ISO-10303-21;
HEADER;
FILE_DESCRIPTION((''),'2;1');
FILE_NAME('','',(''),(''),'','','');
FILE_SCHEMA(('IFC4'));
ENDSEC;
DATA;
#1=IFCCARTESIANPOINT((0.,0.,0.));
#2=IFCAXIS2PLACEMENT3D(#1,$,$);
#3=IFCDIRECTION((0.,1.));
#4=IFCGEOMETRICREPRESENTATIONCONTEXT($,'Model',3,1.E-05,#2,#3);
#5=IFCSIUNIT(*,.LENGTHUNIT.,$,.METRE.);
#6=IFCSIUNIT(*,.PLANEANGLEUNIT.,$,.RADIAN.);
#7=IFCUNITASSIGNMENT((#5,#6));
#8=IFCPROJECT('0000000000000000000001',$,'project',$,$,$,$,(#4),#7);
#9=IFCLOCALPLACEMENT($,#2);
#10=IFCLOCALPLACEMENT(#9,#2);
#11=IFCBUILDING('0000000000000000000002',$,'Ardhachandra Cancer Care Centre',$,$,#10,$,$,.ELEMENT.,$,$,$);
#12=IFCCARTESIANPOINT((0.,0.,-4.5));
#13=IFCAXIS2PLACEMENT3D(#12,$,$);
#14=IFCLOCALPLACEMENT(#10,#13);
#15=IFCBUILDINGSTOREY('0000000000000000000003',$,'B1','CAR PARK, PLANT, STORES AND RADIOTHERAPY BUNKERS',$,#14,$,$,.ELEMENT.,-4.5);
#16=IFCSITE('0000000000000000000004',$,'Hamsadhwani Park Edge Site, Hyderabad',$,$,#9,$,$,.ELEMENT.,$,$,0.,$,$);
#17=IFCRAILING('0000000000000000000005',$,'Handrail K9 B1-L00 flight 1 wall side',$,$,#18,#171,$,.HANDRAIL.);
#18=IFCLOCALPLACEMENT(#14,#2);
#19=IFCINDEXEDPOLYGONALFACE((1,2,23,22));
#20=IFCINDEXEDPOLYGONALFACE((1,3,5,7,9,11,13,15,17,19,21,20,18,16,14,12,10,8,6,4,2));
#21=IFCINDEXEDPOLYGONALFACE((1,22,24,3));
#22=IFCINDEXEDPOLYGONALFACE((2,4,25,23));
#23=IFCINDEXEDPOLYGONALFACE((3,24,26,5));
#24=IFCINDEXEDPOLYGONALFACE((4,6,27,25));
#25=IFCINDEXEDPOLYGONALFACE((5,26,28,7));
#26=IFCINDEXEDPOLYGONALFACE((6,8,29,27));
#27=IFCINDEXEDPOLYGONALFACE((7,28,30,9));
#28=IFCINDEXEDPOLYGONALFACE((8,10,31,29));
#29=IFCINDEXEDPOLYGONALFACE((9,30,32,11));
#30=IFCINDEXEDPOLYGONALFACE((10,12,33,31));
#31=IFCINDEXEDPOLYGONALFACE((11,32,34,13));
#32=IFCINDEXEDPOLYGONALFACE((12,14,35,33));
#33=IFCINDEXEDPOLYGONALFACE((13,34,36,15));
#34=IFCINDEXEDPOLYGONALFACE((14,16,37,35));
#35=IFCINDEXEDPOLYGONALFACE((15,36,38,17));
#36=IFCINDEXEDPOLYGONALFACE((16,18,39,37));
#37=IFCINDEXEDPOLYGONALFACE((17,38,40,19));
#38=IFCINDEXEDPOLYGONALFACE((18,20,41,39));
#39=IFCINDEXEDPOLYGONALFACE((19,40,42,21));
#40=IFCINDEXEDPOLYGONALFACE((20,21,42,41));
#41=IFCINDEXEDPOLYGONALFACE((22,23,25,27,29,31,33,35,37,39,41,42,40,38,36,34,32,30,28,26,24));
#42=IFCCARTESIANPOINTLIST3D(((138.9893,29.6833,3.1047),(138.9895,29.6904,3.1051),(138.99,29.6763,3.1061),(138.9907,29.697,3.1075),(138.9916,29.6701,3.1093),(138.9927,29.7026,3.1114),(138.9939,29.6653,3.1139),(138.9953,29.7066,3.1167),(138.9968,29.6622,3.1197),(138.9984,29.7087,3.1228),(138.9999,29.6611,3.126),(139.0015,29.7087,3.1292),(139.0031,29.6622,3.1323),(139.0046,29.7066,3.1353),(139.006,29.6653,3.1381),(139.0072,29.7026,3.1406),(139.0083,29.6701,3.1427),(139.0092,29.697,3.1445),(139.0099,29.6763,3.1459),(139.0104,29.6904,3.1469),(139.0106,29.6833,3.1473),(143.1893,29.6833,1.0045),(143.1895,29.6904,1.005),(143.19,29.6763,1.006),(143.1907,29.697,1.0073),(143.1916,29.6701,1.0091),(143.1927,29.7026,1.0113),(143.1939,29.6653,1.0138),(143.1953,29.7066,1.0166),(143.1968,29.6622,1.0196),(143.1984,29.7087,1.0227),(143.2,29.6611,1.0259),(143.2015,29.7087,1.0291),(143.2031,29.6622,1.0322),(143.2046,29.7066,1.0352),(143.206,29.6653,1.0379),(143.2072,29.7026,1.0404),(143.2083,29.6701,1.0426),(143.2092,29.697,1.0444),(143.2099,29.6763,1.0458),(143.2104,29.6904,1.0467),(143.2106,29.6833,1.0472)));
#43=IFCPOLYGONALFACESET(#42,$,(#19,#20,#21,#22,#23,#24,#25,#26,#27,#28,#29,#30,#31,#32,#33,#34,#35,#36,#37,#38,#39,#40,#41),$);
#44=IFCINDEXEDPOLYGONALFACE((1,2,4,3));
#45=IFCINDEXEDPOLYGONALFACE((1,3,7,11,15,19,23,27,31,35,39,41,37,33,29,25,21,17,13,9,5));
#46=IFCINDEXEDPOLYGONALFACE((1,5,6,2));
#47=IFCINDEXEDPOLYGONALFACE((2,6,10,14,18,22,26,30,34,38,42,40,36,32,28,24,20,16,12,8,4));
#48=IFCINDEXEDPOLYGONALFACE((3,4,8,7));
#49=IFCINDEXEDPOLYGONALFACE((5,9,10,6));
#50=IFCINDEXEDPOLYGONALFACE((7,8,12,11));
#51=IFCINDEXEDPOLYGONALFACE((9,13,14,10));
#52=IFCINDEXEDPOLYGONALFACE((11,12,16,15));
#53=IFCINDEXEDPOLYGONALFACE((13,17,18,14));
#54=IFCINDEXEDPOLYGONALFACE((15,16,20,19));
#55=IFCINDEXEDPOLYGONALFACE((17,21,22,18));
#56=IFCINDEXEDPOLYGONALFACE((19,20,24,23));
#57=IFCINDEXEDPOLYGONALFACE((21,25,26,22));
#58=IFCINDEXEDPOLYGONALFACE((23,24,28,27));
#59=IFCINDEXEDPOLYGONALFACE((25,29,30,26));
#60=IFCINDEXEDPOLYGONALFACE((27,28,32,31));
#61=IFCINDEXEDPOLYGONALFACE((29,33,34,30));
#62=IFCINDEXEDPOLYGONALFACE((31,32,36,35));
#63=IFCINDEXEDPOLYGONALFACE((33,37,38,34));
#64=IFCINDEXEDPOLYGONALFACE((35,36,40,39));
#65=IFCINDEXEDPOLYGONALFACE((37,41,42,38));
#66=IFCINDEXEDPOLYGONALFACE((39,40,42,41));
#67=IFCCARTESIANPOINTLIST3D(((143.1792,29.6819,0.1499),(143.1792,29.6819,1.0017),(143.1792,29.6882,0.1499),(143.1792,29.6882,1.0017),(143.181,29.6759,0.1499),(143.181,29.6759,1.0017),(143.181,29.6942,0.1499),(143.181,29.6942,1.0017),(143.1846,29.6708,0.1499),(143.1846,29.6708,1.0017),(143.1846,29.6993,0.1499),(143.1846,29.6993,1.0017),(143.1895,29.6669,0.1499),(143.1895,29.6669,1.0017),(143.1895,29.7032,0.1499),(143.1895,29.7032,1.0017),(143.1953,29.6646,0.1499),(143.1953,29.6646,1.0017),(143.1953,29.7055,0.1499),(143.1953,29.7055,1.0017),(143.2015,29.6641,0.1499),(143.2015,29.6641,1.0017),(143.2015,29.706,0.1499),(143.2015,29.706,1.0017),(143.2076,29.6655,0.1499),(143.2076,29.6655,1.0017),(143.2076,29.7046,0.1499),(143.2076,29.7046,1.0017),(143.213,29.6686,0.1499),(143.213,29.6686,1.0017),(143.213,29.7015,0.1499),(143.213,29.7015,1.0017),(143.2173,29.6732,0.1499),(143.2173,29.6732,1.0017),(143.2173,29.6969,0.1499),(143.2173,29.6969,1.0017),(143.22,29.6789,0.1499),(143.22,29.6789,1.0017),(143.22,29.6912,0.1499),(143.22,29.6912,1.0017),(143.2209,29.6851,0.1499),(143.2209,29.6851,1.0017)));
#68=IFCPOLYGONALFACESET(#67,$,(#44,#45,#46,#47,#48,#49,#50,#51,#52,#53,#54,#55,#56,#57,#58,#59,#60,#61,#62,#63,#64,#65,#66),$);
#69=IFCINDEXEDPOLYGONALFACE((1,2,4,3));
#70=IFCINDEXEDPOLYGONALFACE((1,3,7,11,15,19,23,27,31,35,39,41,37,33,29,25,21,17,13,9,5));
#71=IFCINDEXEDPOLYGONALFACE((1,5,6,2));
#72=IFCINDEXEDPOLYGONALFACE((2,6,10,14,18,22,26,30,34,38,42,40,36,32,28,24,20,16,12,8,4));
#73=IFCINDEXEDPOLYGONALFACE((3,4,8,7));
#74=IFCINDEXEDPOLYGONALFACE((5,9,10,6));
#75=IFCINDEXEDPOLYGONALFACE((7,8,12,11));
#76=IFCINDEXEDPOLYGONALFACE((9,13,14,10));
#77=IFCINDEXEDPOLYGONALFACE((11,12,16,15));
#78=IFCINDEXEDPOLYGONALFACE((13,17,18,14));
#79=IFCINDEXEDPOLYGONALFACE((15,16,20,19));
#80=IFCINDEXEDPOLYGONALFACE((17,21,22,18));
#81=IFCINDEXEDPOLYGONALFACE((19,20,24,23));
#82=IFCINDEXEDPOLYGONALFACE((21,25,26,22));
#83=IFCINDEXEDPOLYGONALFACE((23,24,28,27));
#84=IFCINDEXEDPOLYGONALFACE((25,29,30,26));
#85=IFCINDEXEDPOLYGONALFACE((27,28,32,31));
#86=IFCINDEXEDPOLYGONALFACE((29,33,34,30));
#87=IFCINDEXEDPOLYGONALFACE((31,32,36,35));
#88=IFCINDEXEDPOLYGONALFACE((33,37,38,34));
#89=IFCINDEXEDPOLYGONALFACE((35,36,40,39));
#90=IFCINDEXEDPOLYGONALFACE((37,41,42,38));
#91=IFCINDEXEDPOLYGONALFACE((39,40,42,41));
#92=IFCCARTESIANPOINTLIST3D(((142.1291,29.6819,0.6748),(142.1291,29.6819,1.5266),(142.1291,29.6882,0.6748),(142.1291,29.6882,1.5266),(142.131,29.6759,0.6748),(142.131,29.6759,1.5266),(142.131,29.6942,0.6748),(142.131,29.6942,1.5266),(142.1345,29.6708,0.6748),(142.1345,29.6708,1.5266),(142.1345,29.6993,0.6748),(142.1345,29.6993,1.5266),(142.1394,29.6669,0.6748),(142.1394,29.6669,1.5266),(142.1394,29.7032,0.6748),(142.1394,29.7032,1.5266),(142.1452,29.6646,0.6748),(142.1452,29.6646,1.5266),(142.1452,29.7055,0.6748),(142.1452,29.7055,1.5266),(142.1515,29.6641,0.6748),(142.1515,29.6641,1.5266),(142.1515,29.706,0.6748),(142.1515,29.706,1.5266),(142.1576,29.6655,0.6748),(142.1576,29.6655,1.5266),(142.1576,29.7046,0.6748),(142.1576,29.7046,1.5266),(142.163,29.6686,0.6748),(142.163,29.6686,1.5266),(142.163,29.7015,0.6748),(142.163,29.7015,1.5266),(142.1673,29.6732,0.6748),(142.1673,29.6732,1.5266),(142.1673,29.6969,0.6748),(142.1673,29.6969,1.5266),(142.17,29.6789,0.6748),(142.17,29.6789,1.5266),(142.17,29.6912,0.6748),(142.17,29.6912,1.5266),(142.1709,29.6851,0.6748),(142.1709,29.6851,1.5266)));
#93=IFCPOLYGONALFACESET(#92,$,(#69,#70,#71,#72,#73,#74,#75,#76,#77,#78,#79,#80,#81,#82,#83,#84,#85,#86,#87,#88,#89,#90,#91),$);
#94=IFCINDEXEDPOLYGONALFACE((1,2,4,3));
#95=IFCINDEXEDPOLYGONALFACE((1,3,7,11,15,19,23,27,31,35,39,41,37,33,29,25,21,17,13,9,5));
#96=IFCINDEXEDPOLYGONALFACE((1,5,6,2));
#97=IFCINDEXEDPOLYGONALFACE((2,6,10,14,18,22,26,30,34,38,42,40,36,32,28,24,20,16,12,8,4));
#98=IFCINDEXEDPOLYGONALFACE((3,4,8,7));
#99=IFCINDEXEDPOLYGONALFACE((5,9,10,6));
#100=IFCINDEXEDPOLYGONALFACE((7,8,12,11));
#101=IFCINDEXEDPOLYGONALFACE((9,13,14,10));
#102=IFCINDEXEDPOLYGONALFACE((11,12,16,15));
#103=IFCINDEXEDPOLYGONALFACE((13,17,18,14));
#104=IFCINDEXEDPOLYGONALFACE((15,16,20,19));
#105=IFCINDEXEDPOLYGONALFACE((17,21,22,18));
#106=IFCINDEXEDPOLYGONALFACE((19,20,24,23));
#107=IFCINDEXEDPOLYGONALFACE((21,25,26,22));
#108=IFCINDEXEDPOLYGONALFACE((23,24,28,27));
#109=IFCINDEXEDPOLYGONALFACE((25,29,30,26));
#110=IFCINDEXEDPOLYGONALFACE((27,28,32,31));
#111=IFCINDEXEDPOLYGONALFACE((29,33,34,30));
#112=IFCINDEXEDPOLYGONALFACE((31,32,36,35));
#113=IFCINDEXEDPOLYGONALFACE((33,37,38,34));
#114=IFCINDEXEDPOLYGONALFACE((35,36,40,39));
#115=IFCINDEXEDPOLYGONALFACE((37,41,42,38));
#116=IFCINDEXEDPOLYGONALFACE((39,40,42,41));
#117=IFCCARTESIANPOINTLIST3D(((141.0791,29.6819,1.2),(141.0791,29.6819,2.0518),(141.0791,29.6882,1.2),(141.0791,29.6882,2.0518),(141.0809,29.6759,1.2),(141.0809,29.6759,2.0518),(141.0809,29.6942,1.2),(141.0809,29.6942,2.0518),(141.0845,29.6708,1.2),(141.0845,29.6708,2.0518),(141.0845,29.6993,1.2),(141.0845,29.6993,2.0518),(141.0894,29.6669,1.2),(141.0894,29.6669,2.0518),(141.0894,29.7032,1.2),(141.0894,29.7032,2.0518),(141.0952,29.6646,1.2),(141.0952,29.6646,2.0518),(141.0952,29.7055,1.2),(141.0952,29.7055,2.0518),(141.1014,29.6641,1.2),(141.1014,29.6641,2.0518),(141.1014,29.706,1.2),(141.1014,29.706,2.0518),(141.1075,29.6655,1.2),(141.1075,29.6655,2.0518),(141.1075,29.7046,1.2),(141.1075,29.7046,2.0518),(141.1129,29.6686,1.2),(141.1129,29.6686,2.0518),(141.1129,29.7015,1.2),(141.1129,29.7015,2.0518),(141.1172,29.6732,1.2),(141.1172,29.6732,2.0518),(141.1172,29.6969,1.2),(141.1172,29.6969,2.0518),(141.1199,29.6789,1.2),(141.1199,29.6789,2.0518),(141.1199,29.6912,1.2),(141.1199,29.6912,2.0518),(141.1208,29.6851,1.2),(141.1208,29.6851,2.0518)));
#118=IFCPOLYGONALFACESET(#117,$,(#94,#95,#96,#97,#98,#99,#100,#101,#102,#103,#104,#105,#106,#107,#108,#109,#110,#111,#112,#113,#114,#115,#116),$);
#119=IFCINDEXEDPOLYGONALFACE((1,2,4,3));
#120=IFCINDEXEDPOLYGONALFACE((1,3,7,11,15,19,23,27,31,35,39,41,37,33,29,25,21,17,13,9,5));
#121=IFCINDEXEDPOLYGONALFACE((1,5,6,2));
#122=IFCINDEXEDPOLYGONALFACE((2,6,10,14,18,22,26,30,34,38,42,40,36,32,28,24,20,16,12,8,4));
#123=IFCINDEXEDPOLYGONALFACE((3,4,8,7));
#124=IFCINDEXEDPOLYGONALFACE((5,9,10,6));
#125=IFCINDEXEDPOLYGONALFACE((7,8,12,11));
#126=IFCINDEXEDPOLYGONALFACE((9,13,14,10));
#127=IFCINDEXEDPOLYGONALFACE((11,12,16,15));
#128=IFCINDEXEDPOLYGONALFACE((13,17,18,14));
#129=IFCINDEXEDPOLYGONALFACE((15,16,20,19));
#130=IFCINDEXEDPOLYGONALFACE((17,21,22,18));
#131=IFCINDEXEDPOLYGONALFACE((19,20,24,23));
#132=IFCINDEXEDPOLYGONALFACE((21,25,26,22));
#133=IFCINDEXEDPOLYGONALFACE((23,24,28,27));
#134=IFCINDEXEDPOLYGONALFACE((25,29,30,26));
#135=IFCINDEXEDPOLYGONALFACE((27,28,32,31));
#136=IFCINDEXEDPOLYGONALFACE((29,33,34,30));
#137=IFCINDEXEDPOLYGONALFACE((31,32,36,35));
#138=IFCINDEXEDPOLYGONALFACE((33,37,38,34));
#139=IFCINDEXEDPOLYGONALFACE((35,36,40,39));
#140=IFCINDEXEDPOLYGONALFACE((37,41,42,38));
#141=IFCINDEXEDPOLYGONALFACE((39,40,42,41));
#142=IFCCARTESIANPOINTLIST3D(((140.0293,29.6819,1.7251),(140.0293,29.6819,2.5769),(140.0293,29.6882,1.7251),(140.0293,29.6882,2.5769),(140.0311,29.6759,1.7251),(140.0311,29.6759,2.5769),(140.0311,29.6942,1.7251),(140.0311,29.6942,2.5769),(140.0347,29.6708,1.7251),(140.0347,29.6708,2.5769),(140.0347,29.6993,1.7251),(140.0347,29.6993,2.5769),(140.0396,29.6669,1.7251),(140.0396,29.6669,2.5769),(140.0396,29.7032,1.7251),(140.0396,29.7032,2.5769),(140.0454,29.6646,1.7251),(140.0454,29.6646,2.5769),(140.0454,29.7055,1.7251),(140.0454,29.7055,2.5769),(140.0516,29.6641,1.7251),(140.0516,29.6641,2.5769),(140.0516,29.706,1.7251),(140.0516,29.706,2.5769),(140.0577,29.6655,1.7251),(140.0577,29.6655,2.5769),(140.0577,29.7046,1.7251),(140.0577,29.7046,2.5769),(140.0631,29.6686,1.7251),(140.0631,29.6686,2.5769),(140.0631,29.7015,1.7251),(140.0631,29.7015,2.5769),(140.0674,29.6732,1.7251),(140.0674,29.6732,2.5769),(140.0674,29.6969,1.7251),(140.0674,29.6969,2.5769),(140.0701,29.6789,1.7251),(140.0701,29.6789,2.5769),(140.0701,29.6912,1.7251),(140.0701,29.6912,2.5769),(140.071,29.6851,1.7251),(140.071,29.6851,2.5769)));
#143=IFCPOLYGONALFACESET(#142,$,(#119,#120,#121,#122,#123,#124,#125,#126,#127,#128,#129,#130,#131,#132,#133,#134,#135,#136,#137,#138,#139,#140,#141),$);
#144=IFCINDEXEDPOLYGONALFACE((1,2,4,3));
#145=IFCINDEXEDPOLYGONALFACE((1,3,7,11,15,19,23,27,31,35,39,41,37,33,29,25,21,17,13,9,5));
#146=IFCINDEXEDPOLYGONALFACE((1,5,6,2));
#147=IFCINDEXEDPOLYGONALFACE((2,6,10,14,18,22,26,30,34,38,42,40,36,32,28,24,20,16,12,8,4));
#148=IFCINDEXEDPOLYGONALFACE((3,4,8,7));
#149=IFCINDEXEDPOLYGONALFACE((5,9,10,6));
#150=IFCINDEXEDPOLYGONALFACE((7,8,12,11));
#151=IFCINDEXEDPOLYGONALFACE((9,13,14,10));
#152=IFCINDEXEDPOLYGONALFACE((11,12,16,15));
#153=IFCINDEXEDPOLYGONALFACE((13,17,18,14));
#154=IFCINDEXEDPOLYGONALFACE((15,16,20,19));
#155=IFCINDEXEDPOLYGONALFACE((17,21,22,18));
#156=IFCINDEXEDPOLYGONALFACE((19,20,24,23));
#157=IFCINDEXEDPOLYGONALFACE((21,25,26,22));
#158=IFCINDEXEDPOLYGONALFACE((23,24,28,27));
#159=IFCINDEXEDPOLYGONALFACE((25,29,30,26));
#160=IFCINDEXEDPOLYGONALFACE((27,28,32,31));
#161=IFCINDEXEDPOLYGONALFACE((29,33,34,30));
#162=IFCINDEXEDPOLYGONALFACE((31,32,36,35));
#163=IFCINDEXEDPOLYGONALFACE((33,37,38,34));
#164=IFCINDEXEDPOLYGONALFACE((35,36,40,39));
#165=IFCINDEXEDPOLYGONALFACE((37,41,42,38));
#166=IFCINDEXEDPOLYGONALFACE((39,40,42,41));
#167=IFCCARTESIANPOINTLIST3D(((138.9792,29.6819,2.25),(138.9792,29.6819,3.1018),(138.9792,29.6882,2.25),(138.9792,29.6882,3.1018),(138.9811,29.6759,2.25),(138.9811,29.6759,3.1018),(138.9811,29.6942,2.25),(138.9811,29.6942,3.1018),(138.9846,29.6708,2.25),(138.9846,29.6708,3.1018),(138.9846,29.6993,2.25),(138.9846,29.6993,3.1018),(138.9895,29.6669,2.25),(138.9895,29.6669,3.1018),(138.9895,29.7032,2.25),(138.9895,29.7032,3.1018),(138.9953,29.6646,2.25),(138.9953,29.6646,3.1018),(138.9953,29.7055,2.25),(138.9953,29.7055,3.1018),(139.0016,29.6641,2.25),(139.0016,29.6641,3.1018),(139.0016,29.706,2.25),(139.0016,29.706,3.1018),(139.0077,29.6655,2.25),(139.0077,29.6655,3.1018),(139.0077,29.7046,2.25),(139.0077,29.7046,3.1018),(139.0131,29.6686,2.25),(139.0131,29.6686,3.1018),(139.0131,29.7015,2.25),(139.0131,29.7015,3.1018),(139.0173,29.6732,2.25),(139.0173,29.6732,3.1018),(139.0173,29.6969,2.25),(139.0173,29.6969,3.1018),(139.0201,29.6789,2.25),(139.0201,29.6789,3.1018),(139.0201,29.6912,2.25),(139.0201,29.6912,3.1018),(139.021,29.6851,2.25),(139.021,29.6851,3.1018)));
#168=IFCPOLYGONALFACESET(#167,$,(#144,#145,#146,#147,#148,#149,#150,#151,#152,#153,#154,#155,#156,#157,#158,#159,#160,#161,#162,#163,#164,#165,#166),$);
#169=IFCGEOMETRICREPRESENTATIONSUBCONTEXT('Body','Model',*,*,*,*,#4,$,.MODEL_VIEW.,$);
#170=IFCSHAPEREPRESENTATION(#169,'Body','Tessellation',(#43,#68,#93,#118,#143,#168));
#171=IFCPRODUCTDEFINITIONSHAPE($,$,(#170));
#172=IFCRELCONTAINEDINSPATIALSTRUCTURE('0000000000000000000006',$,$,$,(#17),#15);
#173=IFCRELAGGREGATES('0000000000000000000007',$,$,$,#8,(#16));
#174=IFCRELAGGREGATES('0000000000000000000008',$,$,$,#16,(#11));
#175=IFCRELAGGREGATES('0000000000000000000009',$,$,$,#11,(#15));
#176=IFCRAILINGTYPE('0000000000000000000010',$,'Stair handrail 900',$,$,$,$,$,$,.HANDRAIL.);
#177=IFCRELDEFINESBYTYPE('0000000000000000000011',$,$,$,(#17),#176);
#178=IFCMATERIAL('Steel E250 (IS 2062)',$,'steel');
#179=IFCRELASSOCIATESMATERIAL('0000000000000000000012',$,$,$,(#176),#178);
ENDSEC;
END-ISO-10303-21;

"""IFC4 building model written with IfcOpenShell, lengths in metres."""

from ifc_helpers import new_model, si_unit, direction, frame, origin, origin_2d, place, context, subcontext, project, spatial, circle, extrude, material, type_object, element, save


model = new_model("IFC4")

# Units and contexts
model_context = context("Model", 3, precision=1e-05, world=origin(), true_north=direction((0.0, 1.0)))
body_context = subcontext(model_context, "Body", "Model", "MODEL_VIEW")
ifc_project = project(units=[si_unit("LENGTHUNIT", "METRE"), si_unit("PLANEANGLEUNIT", "RADIAN")], contexts=[model_context])

# Site, building, storey
site_placement = place(None, origin())
site = spatial("IfcSite", under=ifc_project, at=site_placement, Name="Hamsadhwani Park Edge Site, Hyderabad", CompositionType="ELEMENT", RefElevation=0.0)
building_placement = place(site_placement, origin())
building = spatial("IfcBuilding", under=site, at=building_placement, Name="Ardhachandra Cancer Care Centre", CompositionType="ELEMENT")
storey_placement = place(building_placement, frame((0.0, 0.0, -4.5)))
storey = spatial("IfcBuildingStorey", under=building, at=storey_placement, Name="B1", Description="CAR PARK, PLANT, STORES AND RADIOTHERAPY BUNKERS", CompositionType="ELEMENT", Elevation=-4.5)

# Railing
ifc_material_1 = material(Name="Steel E250 (IS 2062)", Category="steel")
railing_type = type_object("IfcRailingType", Name="Stair handrail 900", PredefinedType="HANDRAIL", material=ifc_material_1)
for number, where, name in (
    (1, (143.2, 29.6851, 0.1499), "Handrail K9 B1-L00 flight 1 wall side"),
):
    element("IfcRailing", number, at=place(storey_placement, frame(where)), inside=storey, type_object=railing_type, Name=name, PredefinedType="HANDRAIL", context=body_context, shape_type="SweptSolid", body=[
        extrude(circle(Radius=0.0239, at=origin_2d()), frame((0.0, 0.0, 0.876), z_axis=(-0.894417, 0.0, 0.447234), x_axis=(0.0, -1.0, 0.0)), (0.0, 0.0, 1.0), 4.6958),
        extrude(circle(Radius=0.021, at=origin_2d()), origin(), (0.0, 0.0, 1.0), 0.8518),
        extrude(circle(Radius=0.021, at=origin_2d()), frame((-1.05, 0.0, 0.5249)), (0.0, 0.0, 1.0), 0.8518),
        extrude(circle(Radius=0.021, at=origin_2d()), frame((-2.1001, 0.0, 1.05)), (0.0, 0.0, 1.0), 0.8518),
        extrude(circle(Radius=0.021, at=origin_2d()), frame((-3.1499, 0.0, 1.5752)), (0.0, 0.0, 1.0), 0.8518),
        extrude(circle(Radius=0.021, at=origin_2d()), frame((-4.2, 0.0, 2.1001)), (0.0, 0.0, 1.0), 0.8518),
    ])

save(model, "model.ifc")
